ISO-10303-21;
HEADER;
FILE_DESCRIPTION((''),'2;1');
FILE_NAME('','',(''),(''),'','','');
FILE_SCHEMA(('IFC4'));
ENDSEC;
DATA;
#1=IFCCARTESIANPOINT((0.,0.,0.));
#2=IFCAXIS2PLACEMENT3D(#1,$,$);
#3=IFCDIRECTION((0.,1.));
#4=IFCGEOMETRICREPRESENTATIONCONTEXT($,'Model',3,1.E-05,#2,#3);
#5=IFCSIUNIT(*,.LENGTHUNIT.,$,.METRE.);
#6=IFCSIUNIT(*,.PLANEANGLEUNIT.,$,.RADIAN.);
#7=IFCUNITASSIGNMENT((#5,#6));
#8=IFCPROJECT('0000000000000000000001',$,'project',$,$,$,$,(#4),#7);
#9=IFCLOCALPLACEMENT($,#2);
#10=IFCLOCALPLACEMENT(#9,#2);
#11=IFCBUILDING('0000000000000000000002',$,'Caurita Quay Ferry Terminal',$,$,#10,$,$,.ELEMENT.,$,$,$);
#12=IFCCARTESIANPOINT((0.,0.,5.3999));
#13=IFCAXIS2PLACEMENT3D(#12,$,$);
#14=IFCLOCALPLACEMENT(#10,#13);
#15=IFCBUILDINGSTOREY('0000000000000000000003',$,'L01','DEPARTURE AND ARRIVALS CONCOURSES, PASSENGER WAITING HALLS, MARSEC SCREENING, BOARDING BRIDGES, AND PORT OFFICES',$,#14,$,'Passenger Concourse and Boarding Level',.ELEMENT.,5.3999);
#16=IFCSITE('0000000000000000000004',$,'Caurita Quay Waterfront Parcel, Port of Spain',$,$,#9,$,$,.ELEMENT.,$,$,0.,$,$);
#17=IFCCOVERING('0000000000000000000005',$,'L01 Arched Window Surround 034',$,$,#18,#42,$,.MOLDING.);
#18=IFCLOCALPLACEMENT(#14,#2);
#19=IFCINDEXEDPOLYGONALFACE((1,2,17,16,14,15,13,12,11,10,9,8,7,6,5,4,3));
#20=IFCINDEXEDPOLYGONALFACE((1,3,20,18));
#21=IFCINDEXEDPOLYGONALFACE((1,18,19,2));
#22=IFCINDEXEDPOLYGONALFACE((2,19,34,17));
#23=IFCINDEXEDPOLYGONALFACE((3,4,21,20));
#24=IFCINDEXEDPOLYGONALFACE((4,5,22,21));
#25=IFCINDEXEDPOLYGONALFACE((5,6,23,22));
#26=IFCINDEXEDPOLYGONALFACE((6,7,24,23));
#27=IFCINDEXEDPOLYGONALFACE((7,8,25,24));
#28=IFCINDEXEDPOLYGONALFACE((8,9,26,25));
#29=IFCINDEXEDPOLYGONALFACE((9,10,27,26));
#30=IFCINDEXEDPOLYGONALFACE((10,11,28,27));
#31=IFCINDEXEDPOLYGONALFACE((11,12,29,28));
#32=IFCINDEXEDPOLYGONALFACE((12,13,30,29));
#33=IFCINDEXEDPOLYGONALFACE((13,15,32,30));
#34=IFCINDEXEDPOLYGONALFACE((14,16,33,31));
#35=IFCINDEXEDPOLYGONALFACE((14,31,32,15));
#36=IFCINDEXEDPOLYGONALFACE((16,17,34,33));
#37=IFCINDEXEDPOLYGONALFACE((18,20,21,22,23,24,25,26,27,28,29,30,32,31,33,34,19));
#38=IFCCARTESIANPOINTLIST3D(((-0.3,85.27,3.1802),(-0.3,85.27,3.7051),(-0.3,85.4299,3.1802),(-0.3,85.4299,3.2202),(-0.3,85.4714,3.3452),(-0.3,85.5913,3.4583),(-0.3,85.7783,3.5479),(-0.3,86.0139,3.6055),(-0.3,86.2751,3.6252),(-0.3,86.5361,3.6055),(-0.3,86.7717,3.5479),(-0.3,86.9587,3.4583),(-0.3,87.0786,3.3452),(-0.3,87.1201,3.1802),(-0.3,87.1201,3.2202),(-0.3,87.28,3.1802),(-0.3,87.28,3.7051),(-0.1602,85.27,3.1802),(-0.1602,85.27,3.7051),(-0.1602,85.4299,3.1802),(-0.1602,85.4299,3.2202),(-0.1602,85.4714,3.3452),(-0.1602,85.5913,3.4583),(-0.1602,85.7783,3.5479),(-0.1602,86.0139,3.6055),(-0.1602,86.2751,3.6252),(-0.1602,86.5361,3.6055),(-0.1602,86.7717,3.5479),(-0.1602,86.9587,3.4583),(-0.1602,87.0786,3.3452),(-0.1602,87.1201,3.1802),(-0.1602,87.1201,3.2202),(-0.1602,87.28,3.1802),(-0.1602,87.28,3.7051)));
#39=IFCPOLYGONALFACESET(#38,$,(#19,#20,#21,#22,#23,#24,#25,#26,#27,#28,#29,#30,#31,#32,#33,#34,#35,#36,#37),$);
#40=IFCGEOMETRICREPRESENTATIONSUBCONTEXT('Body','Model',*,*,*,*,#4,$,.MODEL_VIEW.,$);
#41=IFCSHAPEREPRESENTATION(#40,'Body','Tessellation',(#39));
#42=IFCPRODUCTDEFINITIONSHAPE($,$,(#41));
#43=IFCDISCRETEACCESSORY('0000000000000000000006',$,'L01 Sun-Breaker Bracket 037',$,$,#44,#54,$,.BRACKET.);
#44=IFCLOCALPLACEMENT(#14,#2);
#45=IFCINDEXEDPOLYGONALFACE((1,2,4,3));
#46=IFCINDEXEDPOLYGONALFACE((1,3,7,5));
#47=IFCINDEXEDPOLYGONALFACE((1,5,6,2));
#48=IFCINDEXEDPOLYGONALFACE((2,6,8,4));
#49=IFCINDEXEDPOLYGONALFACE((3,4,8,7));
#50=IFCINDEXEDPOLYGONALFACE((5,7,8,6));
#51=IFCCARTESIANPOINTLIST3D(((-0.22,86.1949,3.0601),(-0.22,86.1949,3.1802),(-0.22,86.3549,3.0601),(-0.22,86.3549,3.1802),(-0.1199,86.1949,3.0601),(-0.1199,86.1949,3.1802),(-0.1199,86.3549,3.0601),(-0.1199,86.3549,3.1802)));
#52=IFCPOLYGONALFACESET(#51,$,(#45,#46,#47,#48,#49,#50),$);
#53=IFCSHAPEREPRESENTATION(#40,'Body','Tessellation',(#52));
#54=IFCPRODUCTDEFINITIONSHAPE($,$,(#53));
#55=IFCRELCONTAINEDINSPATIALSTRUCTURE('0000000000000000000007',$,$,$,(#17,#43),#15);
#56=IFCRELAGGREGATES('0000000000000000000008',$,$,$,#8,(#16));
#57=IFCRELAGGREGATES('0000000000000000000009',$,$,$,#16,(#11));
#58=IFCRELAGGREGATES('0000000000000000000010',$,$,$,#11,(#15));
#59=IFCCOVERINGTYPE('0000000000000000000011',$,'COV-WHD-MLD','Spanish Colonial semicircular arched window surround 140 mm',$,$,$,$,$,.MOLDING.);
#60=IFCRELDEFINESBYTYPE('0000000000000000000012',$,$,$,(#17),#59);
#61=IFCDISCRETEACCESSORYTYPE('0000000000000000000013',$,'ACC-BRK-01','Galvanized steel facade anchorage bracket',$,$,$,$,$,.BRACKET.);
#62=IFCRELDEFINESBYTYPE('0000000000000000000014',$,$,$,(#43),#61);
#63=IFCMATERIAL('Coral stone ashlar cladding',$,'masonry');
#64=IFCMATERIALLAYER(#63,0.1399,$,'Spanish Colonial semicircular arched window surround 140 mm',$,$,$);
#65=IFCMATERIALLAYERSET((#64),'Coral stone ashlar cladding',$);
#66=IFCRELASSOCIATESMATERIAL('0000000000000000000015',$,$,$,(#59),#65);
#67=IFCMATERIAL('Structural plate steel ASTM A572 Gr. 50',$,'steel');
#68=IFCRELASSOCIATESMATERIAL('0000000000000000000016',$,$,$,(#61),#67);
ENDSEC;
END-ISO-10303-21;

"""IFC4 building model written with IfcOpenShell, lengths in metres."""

from ifc_helpers import new_model, si_unit, direction, frame, origin, origin_2d, place, context, subcontext, project, spatial, polyline, rectangle, outline, extrude, material, layer, layer_set, type_object, element, save


model = new_model("IFC4")

# Units and contexts
model_context = context("Model", 3, precision=1e-05, world=origin(), true_north=direction((0.0, 1.0)))
body_context = subcontext(model_context, "Body", "Model", "MODEL_VIEW")
ifc_project = project(units=[si_unit("LENGTHUNIT", "METRE"), si_unit("PLANEANGLEUNIT", "RADIAN")], contexts=[model_context])

# Site, building, storey
site_placement = place(None, origin())
site = spatial("IfcSite", under=ifc_project, at=site_placement, Name="Caurita Quay Waterfront Parcel, Port of Spain", CompositionType="ELEMENT", RefElevation=0.0)
building_placement = place(site_placement, origin())
building = spatial("IfcBuilding", under=site, at=building_placement, Name="Caurita Quay Ferry Terminal", CompositionType="ELEMENT")
storey_placement = place(building_placement, frame((0.0, 0.0, 5.3999)))
storey = spatial("IfcBuildingStorey", under=building, at=storey_placement, Name="L01", Description="DEPARTURE AND ARRIVALS CONCOURSES, PASSENGER WAITING HALLS, MARSEC SCREENING, BOARDING BRIDGES, AND PORT OFFICES", LongName="Passenger Concourse and Boarding Level", CompositionType="ELEMENT", Elevation=5.3999)

# Covering
ifc_material_1 = material(Name="Coral stone ashlar cladding", Category="masonry")
ifc_layer_1 = layer(ifc_material_1, 0.1399, Name="Spanish Colonial semicircular arched window surround 140 mm")
ifc_layer_set_1 = layer_set([ifc_layer_1], Name="Coral stone ashlar cladding")
covering_type_1 = type_object("IfcCoveringType", Name="COV-WHD-MLD", Description="Spanish Colonial semicircular arched window surround 140 mm", PredefinedType="MOLDING", material=ifc_layer_set_1)
covering_placement = place(storey_placement, frame((-0.23, 87.28, 3.1802), z_axis=(0.0, 0.0, 1.0), x_axis=(0.0, -1.0, 0.0)))
element("IfcCovering", 1, at=covering_placement, inside=storey, type_object=covering_type_1, Name="L01 Arched Window Surround 034", PredefinedType="MOLDING", context=body_context, shape_type="SweptSolid", body=[
    extrude(outline(polyline([(0.0, 0.0), (0.1599, 0.0), (0.1599, 0.04), (0.2014, 0.165), (0.3213, 0.2781), (0.5083, 0.3677), (0.7439, 0.4253), (1.0049, 0.4451), (1.2661, 0.4253), (1.5017, 0.3677), (1.6887, 0.2781), (1.8086, 0.165), (1.8501, 0.04), (1.8501, 0.0), (2.01, 0.0), (2.01, 0.5249), (0.0, 0.5249), (0.0, 0.0)])), frame((0.0, 0.0698, 0.0), z_axis=(0.0, -1.0, 0.0), x_axis=(1.0, 0.0, 0.0)), (0.0, 0.0, 1.0), 0.1399),
])

# Discrete accessory
ifc_material_2 = material(Name="Structural plate steel ASTM A572 Gr. 50", Category="steel")
discrete_accessory_type = type_object("IfcDiscreteAccessoryType", Name="ACC-BRK-01", Description="Galvanized steel facade anchorage bracket", PredefinedType="BRACKET", material=ifc_material_2)
discrete_accessory_placement = place(storey_placement, frame((-0.1699, 86.2749, 3.0601), z_axis=(0.0, 0.0, 1.0), x_axis=(0.0, -1.0, 0.0)))
element("IfcDiscreteAccessory", 2, at=discrete_accessory_placement, inside=storey, type_object=discrete_accessory_type, Name="L01 Sun-Breaker Bracket 037", PredefinedType="BRACKET", context=body_context, shape_type="SweptSolid", body=[
    extrude(rectangle(XDim=0.1599, YDim=0.1001, at=origin_2d()), origin(), (0.0, 0.0, 1.0), 0.1201),
])

save(model, "model.ifc")
